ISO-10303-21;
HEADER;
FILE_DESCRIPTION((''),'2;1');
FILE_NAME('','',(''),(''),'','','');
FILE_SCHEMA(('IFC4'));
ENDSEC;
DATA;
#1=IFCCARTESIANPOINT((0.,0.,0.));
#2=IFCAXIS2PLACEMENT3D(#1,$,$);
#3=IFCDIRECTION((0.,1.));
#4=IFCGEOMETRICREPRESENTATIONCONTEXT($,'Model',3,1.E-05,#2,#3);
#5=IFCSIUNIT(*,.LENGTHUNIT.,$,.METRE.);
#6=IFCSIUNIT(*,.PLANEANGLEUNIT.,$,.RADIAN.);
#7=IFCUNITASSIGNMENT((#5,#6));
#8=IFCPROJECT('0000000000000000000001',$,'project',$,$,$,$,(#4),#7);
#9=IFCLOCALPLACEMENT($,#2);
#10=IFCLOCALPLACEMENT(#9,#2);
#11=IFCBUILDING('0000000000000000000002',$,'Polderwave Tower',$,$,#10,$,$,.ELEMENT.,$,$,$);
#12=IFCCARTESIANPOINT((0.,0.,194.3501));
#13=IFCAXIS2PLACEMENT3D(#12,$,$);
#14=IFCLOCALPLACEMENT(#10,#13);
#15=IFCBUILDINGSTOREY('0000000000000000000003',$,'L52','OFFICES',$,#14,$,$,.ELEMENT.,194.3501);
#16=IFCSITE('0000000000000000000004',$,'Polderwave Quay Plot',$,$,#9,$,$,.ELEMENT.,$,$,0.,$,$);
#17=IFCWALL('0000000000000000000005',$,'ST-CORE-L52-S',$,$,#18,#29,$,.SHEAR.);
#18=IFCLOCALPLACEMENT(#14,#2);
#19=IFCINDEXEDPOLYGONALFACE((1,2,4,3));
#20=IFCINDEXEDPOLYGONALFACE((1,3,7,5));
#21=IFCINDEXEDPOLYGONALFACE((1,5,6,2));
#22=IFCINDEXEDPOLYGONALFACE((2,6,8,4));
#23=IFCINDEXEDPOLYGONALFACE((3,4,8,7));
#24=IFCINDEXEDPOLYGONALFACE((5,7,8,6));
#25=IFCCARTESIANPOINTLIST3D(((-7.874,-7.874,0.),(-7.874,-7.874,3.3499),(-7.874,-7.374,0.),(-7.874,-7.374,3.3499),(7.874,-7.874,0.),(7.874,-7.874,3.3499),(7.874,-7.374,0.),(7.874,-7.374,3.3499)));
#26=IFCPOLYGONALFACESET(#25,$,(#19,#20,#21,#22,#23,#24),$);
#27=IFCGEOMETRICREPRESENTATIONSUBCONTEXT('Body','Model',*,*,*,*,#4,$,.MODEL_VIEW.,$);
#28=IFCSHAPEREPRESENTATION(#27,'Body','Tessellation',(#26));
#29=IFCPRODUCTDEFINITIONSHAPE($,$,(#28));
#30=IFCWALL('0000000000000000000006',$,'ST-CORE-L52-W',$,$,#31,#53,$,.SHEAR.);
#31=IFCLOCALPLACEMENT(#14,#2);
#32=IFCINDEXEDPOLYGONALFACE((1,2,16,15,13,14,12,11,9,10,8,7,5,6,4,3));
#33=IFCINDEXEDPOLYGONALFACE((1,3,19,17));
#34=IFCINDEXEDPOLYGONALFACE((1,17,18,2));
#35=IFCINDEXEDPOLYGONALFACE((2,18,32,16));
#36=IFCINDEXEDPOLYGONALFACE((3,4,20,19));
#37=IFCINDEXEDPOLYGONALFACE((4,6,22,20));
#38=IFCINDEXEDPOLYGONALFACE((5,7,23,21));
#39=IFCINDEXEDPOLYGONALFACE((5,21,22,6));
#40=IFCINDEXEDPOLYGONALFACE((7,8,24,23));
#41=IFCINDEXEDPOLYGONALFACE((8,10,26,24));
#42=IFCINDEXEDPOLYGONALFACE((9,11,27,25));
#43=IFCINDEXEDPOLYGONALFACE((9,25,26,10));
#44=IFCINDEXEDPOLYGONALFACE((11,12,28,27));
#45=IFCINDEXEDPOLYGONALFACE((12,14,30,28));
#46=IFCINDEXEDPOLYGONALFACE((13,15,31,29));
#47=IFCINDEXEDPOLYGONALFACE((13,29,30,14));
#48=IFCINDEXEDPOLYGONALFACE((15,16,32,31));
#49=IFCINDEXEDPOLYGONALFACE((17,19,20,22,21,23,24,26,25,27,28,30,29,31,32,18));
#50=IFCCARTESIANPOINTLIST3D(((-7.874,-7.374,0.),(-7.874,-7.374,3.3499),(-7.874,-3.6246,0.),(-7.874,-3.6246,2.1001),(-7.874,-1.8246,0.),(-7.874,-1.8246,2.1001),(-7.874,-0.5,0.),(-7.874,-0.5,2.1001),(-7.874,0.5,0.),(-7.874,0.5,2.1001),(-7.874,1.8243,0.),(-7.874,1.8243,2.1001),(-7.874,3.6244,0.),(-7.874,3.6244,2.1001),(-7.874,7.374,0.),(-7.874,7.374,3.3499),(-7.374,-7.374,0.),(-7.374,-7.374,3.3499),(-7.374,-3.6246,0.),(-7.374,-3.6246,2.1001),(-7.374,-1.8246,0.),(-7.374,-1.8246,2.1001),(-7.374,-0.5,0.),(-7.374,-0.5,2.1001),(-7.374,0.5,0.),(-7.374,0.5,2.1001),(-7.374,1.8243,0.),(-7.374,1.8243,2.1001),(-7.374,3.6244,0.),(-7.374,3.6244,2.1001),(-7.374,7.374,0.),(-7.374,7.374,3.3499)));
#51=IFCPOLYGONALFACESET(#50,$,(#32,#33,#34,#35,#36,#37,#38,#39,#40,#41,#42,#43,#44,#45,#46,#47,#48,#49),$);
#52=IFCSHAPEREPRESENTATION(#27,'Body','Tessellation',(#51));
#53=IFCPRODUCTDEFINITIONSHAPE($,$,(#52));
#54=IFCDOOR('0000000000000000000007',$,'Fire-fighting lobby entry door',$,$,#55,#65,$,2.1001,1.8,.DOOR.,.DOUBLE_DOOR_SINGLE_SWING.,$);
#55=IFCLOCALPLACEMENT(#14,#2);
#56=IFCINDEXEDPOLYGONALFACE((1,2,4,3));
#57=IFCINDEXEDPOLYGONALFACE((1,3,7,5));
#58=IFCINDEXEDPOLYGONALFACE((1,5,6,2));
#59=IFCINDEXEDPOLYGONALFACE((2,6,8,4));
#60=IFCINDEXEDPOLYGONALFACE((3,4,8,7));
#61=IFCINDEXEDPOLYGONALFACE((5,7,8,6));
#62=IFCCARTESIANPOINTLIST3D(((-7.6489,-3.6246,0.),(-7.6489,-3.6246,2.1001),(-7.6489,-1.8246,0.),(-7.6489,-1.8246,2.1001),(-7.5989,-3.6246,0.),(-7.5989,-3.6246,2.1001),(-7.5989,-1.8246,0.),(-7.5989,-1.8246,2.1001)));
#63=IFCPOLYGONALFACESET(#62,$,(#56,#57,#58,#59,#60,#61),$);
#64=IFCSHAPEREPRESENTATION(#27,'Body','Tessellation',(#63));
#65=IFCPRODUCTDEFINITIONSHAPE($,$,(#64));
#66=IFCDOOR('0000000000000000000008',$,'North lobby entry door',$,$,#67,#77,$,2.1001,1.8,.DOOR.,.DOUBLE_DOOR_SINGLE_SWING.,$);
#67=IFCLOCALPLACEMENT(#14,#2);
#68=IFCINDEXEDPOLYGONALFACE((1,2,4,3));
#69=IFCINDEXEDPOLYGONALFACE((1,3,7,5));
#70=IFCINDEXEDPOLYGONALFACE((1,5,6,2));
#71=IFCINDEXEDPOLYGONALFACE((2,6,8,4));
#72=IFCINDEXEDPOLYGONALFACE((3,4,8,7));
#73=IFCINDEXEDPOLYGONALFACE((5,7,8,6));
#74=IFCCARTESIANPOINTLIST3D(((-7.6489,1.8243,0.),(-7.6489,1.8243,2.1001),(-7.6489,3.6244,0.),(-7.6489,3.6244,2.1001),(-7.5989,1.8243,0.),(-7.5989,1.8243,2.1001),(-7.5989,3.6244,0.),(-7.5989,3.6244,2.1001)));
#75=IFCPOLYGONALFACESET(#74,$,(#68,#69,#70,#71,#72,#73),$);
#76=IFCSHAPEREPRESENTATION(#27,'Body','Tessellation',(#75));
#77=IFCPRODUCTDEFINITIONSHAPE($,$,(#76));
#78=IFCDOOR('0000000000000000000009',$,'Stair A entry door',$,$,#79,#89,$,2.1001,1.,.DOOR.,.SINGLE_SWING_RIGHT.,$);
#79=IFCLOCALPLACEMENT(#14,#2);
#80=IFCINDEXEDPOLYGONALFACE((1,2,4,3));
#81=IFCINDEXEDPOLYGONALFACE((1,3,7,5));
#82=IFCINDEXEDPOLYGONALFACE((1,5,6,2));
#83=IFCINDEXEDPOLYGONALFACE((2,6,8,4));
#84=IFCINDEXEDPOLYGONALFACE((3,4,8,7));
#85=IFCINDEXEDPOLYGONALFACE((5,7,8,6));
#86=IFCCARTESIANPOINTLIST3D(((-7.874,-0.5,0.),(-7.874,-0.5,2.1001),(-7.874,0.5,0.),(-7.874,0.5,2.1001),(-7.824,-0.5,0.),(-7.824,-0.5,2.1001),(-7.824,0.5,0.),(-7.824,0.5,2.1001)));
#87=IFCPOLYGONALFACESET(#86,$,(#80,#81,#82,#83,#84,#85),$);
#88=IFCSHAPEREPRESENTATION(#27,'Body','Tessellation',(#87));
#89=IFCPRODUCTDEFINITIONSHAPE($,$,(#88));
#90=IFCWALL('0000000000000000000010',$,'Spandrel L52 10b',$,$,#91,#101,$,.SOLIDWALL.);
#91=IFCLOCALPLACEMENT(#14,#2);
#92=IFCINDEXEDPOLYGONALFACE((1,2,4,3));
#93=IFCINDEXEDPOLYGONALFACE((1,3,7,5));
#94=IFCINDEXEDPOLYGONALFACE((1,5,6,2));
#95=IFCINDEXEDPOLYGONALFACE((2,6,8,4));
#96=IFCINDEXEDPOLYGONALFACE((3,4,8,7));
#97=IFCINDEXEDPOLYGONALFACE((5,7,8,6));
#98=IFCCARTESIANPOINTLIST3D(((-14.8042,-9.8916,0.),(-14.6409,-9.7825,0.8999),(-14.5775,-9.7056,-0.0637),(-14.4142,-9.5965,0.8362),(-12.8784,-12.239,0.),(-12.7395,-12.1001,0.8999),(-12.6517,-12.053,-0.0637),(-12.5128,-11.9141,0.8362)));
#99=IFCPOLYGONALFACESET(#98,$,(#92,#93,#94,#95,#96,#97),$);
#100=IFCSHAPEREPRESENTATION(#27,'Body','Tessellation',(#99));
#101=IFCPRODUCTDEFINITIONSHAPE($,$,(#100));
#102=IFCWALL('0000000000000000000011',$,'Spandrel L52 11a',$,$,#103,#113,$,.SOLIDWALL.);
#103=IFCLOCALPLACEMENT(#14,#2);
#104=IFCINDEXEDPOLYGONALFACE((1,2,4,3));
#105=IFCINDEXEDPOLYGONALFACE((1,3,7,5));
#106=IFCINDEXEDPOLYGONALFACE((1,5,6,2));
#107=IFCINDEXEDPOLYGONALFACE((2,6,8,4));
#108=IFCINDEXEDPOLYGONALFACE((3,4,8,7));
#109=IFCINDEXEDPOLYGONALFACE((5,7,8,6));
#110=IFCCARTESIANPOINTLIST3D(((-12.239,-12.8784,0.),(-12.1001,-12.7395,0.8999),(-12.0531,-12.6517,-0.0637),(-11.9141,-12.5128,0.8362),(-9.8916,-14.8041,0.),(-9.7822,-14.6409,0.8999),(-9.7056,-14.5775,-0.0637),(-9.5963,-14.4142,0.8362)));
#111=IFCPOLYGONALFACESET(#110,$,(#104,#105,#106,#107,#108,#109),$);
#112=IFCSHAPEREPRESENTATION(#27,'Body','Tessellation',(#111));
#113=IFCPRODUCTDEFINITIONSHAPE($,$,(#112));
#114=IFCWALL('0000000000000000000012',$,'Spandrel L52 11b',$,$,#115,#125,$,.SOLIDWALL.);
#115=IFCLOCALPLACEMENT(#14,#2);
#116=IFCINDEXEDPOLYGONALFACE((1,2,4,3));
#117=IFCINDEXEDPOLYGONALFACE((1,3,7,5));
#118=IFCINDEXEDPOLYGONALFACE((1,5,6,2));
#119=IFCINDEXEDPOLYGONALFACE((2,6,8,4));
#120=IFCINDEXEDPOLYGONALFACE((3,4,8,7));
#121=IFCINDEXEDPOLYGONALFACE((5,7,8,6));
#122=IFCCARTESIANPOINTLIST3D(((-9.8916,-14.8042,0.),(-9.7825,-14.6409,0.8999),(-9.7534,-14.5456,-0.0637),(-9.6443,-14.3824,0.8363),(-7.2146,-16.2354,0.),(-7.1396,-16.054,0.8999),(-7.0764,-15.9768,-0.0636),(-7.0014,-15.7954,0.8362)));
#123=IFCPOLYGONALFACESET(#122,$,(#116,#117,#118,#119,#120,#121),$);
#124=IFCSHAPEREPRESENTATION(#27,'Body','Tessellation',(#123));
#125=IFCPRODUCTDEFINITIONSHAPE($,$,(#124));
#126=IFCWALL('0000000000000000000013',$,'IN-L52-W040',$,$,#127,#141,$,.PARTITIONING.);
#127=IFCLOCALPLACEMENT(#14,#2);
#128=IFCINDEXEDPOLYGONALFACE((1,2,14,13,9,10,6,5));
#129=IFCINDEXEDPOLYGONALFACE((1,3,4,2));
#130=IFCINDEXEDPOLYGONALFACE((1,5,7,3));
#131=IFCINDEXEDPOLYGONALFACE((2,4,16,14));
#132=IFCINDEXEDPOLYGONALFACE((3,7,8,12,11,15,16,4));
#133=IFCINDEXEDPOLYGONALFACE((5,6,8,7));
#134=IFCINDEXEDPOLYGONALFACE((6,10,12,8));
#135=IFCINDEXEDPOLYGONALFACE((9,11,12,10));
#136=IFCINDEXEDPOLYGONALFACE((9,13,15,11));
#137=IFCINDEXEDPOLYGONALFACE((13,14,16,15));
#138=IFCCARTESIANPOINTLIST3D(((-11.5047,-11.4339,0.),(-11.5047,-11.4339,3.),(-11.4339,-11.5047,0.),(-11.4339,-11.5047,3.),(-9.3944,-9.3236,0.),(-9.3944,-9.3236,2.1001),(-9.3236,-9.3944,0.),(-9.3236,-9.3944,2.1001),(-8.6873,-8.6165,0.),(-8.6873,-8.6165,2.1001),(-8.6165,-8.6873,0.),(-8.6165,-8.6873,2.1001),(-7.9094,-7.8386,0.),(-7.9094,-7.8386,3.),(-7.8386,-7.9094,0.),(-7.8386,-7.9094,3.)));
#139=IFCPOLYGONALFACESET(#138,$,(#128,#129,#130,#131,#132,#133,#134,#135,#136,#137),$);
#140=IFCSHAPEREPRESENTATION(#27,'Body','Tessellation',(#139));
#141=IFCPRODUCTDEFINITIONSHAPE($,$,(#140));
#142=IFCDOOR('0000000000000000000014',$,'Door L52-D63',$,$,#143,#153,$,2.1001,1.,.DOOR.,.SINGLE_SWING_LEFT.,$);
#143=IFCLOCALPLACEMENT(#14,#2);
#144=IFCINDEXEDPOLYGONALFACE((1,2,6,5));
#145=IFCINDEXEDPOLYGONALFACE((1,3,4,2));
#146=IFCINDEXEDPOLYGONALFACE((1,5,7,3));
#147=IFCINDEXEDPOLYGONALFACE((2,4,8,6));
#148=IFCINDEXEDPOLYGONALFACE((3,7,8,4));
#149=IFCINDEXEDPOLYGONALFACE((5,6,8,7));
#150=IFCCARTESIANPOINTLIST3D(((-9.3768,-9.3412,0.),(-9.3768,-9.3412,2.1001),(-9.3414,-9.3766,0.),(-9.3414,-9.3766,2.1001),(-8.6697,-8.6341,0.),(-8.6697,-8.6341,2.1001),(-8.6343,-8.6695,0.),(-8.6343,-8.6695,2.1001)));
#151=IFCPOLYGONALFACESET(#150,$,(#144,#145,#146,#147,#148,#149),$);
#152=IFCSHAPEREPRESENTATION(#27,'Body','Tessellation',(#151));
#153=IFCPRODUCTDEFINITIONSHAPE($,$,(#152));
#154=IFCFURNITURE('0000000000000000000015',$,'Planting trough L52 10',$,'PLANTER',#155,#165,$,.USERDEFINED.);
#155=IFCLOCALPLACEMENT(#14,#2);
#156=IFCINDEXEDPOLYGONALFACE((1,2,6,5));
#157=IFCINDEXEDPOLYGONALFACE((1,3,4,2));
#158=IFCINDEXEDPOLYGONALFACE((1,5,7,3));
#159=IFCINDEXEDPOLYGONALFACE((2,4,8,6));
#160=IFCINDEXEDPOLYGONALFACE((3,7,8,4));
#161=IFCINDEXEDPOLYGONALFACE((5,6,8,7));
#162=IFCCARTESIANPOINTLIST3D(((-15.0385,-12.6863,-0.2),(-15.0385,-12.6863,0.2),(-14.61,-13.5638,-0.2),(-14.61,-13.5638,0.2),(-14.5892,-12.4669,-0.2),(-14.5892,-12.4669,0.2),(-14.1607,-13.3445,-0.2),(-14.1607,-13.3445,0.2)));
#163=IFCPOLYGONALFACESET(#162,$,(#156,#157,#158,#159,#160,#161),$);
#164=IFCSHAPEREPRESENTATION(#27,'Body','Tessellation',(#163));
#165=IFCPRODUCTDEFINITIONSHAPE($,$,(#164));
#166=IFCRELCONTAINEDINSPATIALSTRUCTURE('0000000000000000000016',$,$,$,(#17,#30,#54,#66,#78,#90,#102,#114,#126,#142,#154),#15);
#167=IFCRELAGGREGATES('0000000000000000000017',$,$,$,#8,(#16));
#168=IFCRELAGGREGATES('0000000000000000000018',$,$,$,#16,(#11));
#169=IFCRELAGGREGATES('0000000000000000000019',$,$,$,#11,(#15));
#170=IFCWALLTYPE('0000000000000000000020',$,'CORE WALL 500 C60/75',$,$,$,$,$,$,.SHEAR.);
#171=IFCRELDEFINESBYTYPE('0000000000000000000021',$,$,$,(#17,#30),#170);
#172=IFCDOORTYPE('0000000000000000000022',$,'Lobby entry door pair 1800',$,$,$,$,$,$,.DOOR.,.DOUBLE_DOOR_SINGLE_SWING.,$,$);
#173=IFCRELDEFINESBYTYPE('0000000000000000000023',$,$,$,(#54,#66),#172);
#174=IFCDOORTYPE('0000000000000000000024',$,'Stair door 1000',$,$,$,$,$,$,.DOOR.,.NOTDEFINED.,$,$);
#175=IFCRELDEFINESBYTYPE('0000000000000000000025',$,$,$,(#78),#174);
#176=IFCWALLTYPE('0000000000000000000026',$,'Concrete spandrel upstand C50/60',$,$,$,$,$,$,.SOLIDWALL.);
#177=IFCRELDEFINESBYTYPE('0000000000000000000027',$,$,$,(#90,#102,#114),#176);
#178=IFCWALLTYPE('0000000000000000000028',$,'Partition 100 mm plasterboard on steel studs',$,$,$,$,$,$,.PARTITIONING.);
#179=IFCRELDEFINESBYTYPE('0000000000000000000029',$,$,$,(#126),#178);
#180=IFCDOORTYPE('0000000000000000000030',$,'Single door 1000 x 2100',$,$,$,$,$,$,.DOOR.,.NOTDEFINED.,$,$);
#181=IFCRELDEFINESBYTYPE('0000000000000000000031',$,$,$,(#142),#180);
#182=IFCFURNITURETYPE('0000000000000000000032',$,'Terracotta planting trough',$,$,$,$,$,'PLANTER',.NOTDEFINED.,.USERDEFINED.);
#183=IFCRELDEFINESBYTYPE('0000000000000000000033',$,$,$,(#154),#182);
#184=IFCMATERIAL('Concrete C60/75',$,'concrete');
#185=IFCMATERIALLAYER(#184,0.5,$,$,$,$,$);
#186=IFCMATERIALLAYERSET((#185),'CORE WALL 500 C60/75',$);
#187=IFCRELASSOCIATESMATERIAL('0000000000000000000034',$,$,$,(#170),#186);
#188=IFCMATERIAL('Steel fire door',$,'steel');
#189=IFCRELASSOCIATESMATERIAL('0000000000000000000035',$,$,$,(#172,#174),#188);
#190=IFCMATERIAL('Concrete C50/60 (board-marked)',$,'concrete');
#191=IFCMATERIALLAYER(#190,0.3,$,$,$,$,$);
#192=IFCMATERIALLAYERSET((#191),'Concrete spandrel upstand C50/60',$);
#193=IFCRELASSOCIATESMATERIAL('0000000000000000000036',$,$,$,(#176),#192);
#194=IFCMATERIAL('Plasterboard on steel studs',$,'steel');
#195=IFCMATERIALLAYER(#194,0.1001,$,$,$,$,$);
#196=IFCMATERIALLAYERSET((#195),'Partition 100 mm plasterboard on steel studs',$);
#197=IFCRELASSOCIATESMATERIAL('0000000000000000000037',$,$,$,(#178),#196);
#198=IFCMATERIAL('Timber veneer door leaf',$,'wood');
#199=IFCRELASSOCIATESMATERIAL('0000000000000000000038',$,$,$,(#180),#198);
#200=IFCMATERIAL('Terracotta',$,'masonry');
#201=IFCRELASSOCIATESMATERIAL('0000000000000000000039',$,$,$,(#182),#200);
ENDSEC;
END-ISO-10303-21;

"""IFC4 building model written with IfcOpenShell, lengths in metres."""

from ifc_helpers import new_model, si_unit, direction, frame, frame_2d, origin, origin_2d, place, context, subcontext, project, spatial, polyline, rectangle, outline, extrude, material, layer, layer_set, type_object, element, fill, save


model = new_model("IFC4")

# Units and contexts
model_context = context("Model", 3, precision=1e-05, world=origin(), true_north=direction((0.0, 1.0)))
body_context = subcontext(model_context, "Body", "Model", "MODEL_VIEW")
ifc_project = project(units=[si_unit("LENGTHUNIT", "METRE"), si_unit("PLANEANGLEUNIT", "RADIAN")], contexts=[model_context])

# Site, building, storey
site_placement = place(None, origin())
site = spatial("IfcSite", under=ifc_project, at=site_placement, Name="Polderwave Quay Plot", CompositionType="ELEMENT", RefElevation=0.0)
building_placement = place(site_placement, origin())
building = spatial("IfcBuilding", under=site, at=building_placement, Name="Polderwave Tower", CompositionType="ELEMENT")
storey_placement = place(building_placement, frame((0.0, 0.0, 194.3501)))
storey = spatial("IfcBuildingStorey", under=building, at=storey_placement, Name="L52", Description="OFFICES", CompositionType="ELEMENT", Elevation=194.3501)

# Shared definitions
ifc_material_1 = material(Name="Concrete C60/75", Category="concrete")

# Wall
ifc_layer_1 = layer(ifc_material_1, 0.5)
ifc_layer_set_1 = layer_set([ifc_layer_1], Name="CORE WALL 500 C60/75")
wall_type_1 = type_object("IfcWallType", Name="CORE WALL 500 C60/75", PredefinedType="SHEAR", material=ifc_layer_set_1)
wall_1_placement = place(storey_placement, frame((-7.874, -7.624, 0.0), z_axis=(0.0, 0.0, 1.0), x_axis=(1.0, 0.0, 0.0)))
element("IfcWall", 1, at=wall_1_placement, inside=storey, type_object=wall_type_1, Name="ST-CORE-L52-S", PredefinedType="SHEAR", context=body_context, shape_type="SweptSolid", body=[
    extrude(rectangle(XDim=15.748, YDim=0.5, at=frame_2d((7.874, 0.0))), origin(), (0.0, 0.0, 1.0), 3.3499),
])

# Wall, openings, doors
wall_2_placement = place(storey_placement, frame((-7.624, -7.374, 0.0), z_axis=(0.0, 0.0, 1.0), x_axis=(0.0, 1.0, 0.0)))
wall_2 = element("IfcWall", 2, at=wall_2_placement, inside=storey, type_object=wall_type_1, Name="ST-CORE-L52-W", PredefinedType="SHEAR", context=body_context, shape_type="SweptSolid", body=[
    extrude(rectangle(XDim=14.748, YDim=0.5, at=frame_2d((7.374, 0.0))), origin(), (0.0, 0.0, 1.0), 3.3499),
])
opening_1_placement = place(wall_2_placement, frame((6.874, 0.0, 0.0)))
opening_1 = element("IfcOpeningElement", 3, at=opening_1_placement, cuts=wall_2, PredefinedType="OPENING", context=body_context, shape_type="SweptSolid", body=[
    extrude(rectangle(XDim=1.0, YDim=2.1001, at=frame_2d((0.5, 1.05))), frame((0.0, 0.26, 0.0), z_axis=(0.0, -1.0, 0.0), x_axis=(1.0, 0.0, 0.0)), (0.0, 0.0, 1.0), 0.52),
])
opening_2_placement = place(wall_2_placement, frame((3.7495, 0.0, 0.0)))
opening_2 = element("IfcOpeningElement", 4, at=opening_2_placement, cuts=wall_2, PredefinedType="OPENING", context=body_context, shape_type="SweptSolid", body=[
    extrude(rectangle(XDim=1.8, YDim=2.1001, at=frame_2d((0.8999, 1.05))), frame((0.0, 0.26, 0.0), z_axis=(0.0, -1.0, 0.0), x_axis=(1.0, 0.0, 0.0)), (0.0, 0.0, 1.0), 0.52),
])
opening_3_placement = place(wall_2_placement, frame((9.1985, 0.0, 0.0)))
opening_3 = element("IfcOpeningElement", 5, at=opening_3_placement, cuts=wall_2, PredefinedType="OPENING", context=body_context, shape_type="SweptSolid", body=[
    extrude(rectangle(XDim=1.8, YDim=2.1001, at=frame_2d((0.8999, 1.05))), frame((0.0, 0.26, 0.0), z_axis=(0.0, -1.0, 0.0), x_axis=(1.0, 0.0, 0.0)), (0.0, 0.0, 1.0), 0.52),
])
ifc_material_2 = material(Name="Steel fire door", Category="steel")
door_type_1 = type_object("IfcDoorType", Name="Lobby entry door pair 1800", OperationType="DOUBLE_DOOR_SINGLE_SWING", PredefinedType="DOOR", material=ifc_material_2)
door_1_placement = place(opening_2_placement, origin())
door_1 = element("IfcDoor", 6, at=door_1_placement, inside=storey, type_object=door_type_1, Name="Fire-fighting lobby entry door", OperationType="DOUBLE_DOOR_SINGLE_SWING", OverallHeight=2.1001, OverallWidth=1.8, PredefinedType="DOOR", context=body_context, shape_type="SweptSolid", body=[
    extrude(rectangle(XDim=1.8, YDim=2.1001, at=frame_2d((0.8999, 1.05))), frame((0.0, 0.0249, 0.0), z_axis=(0.0, -1.0, 0.0), x_axis=(1.0, 0.0, 0.0)), (0.0, 0.0, 1.0), 0.05),
])
fill(opening_2, door_1)
door_2_placement = place(opening_3_placement, origin())
door_2 = element("IfcDoor", 7, at=door_2_placement, inside=storey, type_object=door_type_1, Name="North lobby entry door", OperationType="DOUBLE_DOOR_SINGLE_SWING", OverallHeight=2.1001, OverallWidth=1.8, PredefinedType="DOOR", context=body_context, shape_type="SweptSolid", body=[
    extrude(rectangle(XDim=1.8, YDim=2.1001, at=frame_2d((0.8999, 1.05))), frame((0.0, 0.0249, 0.0), z_axis=(0.0, -1.0, 0.0), x_axis=(1.0, 0.0, 0.0)), (0.0, 0.0, 1.0), 0.05),
])
fill(opening_3, door_2)
door_type_2 = type_object("IfcDoorType", Name="Stair door 1000", OperationType="NOTDEFINED", PredefinedType="DOOR", material=ifc_material_2)
door_3_placement = place(opening_1_placement, origin())
door_3 = element("IfcDoor", 8, at=door_3_placement, inside=storey, type_object=door_type_2, Name="Stair A entry door", OperationType="SINGLE_SWING_RIGHT", OverallHeight=2.1001, OverallWidth=1.0, PredefinedType="DOOR", context=body_context, shape_type="SweptSolid", body=[
    extrude(rectangle(XDim=1.0, YDim=2.1001, at=frame_2d((0.5, 1.05))), frame((0.0, 0.25, 0.0), z_axis=(0.0, -1.0, 0.0), x_axis=(1.0, 0.0, 0.0)), (0.0, 0.0, 1.0), 0.05),
])
fill(opening_1, door_3)

# Walls
ifc_material_3 = material(Name="Concrete C50/60 (board-marked)", Category="concrete")
ifc_layer_2 = layer(ifc_material_3, 0.3)
ifc_layer_set_2 = layer_set([ifc_layer_2], Name="Concrete spandrel upstand C50/60")
wall_type_2 = type_object("IfcWallType", Name="Concrete spandrel upstand C50/60", PredefinedType="SOLIDWALL", material=ifc_layer_set_2)
wall_3_placement = place(storey_placement, frame((-14.8042, -9.8916, 0.0), z_axis=(-0.755498, -0.619802, 0.212293), x_axis=(0.634259, -0.77312, -0.000001)))
element("IfcWall", 9, at=wall_3_placement, inside=storey, type_object=wall_type_2, Name="Spandrel L52 10b", PredefinedType="SOLIDWALL", context=body_context, shape_type="SweptSolid", body=[
    extrude(outline(polyline([(0.0, 0.0), (3.0363, 0.0), (3.017, 0.9209), (0.0192, 0.9209), (0.0, 0.0)])), origin(), (0.0, 0.0, -1.0), 0.3),
])
wall_4_placement = place(storey_placement, frame((-12.239, -12.8784, 0.0), z_axis=(-0.619772, -0.7555, 0.212373), x_axis=(0.773136, -0.634241, -0.000005)))
element("IfcWall", 10, at=wall_4_placement, inside=storey, type_object=wall_type_2, Name="Spandrel L52 11a", PredefinedType="SOLIDWALL", context=body_context, shape_type="SweptSolid", body=[
    extrude(outline(polyline([(0.0, 0.0), (3.0363, 0.0), (3.0172, 0.9209), (0.0193, 0.9209), (0.0, 0.0)])), origin(), (0.0, 0.0, -1.0), 0.3),
])
wall_5_placement = place(storey_placement, frame((-9.8916, -14.8042, 0.0), z_axis=(-0.460755, -0.861789, 0.212189), x_axis=(0.881871, -0.47149, 0.000006)))
element("IfcWall", 11, at=wall_5_placement, inside=storey, type_object=wall_type_2, Name="Spandrel L52 11b", PredefinedType="SOLIDWALL", context=body_context, shape_type="SweptSolid", body=[
    extrude(outline(polyline([(0.0, 0.0), (3.0355, 0.0), (3.0161, 0.9209), (0.0192, 0.9209), (0.0, 0.0)])), origin(), (0.0, 0.0, -1.0), 0.3),
])

# Wall, opening, door
ifc_material_4 = material(Name="Plasterboard on steel studs", Category="steel")
ifc_layer_3 = layer(ifc_material_4, 0.1001)
ifc_layer_set_3 = layer_set([ifc_layer_3], Name="Partition 100 mm plasterboard on steel studs")
wall_type_3 = type_object("IfcWallType", Name="Partition 100 mm plasterboard on steel studs", PredefinedType="PARTITIONING", material=ifc_layer_set_3)
wall_6_placement = place(storey_placement, frame((-7.874, -7.874, 0.0), z_axis=(0.0, 0.0, 1.0), x_axis=(-0.707107, -0.707107, 0.0)))
wall_6 = element("IfcWall", 12, at=wall_6_placement, inside=storey, type_object=wall_type_3, Name="IN-L52-W040", PredefinedType="PARTITIONING", context=body_context, shape_type="SweptSolid", body=[
    extrude(rectangle(XDim=5.0845, YDim=0.1001, at=frame_2d((2.5422, 0.0))), origin(), (0.0, 0.0, 1.0), 3.0),
])
opening_4_placement = place(wall_6_placement, frame((1.1001, 0.0, 0.0)))
opening_4 = element("IfcOpeningElement", 13, at=opening_4_placement, cuts=wall_6, PredefinedType="OPENING", context=body_context, shape_type="SweptSolid", body=[
    extrude(rectangle(XDim=1.0, YDim=2.1001, at=frame_2d((0.5, 1.05))), frame((0.0, 0.0601, 0.0), z_axis=(0.0, -1.0, 0.0), x_axis=(1.0, 0.0, 0.0)), (0.0, 0.0, 1.0), 0.1201),
])
ifc_material_5 = material(Name="Timber veneer door leaf", Category="wood")
door_type_3 = type_object("IfcDoorType", Name="Single door 1000 x 2100", OperationType="NOTDEFINED", PredefinedType="DOOR", material=ifc_material_5)
door_4_placement = place(opening_4_placement, origin())
door_4 = element("IfcDoor", 14, at=door_4_placement, inside=storey, type_object=door_type_3, Name="Door L52-D63", OperationType="SINGLE_SWING_LEFT", OverallHeight=2.1001, OverallWidth=1.0, PredefinedType="DOOR", context=body_context, shape_type="SweptSolid", body=[
    extrude(rectangle(XDim=1.0, YDim=2.1001, at=frame_2d((0.5, 1.05))), frame((0.0, 0.0249, 0.0), z_axis=(0.0, -1.0, 0.0), x_axis=(1.0, 0.0, 0.0)), (0.0, 0.0, 1.0), 0.05),
])
fill(opening_4, door_4)

# Furniture
ifc_material_6 = material(Name="Terracotta", Category="masonry")
furniture_type = type_object("IfcFurnitureType", Name="Terracotta planting trough", ElementType="PLANTER", AssemblyPlace="NOTDEFINED", PredefinedType="USERDEFINED", material=ifc_material_6)
furniture_placement = place(storey_placement, frame((-14.5996, -13.0154, -0.2), z_axis=(0.0, 0.0, 1.0), x_axis=(0.43873, -0.898619, 0.0)))
element("IfcFurniture", 15, at=furniture_placement, inside=storey, type_object=furniture_type, Name="Planting trough L52 10", ObjectType="PLANTER", PredefinedType="USERDEFINED", context=body_context, shape_type="SweptSolid", body=[
    extrude(rectangle(XDim=0.9766, YDim=0.5, at=origin_2d()), origin(), (0.0, 0.0, 1.0), 0.3999),
])

save(model, "model.ifc")
